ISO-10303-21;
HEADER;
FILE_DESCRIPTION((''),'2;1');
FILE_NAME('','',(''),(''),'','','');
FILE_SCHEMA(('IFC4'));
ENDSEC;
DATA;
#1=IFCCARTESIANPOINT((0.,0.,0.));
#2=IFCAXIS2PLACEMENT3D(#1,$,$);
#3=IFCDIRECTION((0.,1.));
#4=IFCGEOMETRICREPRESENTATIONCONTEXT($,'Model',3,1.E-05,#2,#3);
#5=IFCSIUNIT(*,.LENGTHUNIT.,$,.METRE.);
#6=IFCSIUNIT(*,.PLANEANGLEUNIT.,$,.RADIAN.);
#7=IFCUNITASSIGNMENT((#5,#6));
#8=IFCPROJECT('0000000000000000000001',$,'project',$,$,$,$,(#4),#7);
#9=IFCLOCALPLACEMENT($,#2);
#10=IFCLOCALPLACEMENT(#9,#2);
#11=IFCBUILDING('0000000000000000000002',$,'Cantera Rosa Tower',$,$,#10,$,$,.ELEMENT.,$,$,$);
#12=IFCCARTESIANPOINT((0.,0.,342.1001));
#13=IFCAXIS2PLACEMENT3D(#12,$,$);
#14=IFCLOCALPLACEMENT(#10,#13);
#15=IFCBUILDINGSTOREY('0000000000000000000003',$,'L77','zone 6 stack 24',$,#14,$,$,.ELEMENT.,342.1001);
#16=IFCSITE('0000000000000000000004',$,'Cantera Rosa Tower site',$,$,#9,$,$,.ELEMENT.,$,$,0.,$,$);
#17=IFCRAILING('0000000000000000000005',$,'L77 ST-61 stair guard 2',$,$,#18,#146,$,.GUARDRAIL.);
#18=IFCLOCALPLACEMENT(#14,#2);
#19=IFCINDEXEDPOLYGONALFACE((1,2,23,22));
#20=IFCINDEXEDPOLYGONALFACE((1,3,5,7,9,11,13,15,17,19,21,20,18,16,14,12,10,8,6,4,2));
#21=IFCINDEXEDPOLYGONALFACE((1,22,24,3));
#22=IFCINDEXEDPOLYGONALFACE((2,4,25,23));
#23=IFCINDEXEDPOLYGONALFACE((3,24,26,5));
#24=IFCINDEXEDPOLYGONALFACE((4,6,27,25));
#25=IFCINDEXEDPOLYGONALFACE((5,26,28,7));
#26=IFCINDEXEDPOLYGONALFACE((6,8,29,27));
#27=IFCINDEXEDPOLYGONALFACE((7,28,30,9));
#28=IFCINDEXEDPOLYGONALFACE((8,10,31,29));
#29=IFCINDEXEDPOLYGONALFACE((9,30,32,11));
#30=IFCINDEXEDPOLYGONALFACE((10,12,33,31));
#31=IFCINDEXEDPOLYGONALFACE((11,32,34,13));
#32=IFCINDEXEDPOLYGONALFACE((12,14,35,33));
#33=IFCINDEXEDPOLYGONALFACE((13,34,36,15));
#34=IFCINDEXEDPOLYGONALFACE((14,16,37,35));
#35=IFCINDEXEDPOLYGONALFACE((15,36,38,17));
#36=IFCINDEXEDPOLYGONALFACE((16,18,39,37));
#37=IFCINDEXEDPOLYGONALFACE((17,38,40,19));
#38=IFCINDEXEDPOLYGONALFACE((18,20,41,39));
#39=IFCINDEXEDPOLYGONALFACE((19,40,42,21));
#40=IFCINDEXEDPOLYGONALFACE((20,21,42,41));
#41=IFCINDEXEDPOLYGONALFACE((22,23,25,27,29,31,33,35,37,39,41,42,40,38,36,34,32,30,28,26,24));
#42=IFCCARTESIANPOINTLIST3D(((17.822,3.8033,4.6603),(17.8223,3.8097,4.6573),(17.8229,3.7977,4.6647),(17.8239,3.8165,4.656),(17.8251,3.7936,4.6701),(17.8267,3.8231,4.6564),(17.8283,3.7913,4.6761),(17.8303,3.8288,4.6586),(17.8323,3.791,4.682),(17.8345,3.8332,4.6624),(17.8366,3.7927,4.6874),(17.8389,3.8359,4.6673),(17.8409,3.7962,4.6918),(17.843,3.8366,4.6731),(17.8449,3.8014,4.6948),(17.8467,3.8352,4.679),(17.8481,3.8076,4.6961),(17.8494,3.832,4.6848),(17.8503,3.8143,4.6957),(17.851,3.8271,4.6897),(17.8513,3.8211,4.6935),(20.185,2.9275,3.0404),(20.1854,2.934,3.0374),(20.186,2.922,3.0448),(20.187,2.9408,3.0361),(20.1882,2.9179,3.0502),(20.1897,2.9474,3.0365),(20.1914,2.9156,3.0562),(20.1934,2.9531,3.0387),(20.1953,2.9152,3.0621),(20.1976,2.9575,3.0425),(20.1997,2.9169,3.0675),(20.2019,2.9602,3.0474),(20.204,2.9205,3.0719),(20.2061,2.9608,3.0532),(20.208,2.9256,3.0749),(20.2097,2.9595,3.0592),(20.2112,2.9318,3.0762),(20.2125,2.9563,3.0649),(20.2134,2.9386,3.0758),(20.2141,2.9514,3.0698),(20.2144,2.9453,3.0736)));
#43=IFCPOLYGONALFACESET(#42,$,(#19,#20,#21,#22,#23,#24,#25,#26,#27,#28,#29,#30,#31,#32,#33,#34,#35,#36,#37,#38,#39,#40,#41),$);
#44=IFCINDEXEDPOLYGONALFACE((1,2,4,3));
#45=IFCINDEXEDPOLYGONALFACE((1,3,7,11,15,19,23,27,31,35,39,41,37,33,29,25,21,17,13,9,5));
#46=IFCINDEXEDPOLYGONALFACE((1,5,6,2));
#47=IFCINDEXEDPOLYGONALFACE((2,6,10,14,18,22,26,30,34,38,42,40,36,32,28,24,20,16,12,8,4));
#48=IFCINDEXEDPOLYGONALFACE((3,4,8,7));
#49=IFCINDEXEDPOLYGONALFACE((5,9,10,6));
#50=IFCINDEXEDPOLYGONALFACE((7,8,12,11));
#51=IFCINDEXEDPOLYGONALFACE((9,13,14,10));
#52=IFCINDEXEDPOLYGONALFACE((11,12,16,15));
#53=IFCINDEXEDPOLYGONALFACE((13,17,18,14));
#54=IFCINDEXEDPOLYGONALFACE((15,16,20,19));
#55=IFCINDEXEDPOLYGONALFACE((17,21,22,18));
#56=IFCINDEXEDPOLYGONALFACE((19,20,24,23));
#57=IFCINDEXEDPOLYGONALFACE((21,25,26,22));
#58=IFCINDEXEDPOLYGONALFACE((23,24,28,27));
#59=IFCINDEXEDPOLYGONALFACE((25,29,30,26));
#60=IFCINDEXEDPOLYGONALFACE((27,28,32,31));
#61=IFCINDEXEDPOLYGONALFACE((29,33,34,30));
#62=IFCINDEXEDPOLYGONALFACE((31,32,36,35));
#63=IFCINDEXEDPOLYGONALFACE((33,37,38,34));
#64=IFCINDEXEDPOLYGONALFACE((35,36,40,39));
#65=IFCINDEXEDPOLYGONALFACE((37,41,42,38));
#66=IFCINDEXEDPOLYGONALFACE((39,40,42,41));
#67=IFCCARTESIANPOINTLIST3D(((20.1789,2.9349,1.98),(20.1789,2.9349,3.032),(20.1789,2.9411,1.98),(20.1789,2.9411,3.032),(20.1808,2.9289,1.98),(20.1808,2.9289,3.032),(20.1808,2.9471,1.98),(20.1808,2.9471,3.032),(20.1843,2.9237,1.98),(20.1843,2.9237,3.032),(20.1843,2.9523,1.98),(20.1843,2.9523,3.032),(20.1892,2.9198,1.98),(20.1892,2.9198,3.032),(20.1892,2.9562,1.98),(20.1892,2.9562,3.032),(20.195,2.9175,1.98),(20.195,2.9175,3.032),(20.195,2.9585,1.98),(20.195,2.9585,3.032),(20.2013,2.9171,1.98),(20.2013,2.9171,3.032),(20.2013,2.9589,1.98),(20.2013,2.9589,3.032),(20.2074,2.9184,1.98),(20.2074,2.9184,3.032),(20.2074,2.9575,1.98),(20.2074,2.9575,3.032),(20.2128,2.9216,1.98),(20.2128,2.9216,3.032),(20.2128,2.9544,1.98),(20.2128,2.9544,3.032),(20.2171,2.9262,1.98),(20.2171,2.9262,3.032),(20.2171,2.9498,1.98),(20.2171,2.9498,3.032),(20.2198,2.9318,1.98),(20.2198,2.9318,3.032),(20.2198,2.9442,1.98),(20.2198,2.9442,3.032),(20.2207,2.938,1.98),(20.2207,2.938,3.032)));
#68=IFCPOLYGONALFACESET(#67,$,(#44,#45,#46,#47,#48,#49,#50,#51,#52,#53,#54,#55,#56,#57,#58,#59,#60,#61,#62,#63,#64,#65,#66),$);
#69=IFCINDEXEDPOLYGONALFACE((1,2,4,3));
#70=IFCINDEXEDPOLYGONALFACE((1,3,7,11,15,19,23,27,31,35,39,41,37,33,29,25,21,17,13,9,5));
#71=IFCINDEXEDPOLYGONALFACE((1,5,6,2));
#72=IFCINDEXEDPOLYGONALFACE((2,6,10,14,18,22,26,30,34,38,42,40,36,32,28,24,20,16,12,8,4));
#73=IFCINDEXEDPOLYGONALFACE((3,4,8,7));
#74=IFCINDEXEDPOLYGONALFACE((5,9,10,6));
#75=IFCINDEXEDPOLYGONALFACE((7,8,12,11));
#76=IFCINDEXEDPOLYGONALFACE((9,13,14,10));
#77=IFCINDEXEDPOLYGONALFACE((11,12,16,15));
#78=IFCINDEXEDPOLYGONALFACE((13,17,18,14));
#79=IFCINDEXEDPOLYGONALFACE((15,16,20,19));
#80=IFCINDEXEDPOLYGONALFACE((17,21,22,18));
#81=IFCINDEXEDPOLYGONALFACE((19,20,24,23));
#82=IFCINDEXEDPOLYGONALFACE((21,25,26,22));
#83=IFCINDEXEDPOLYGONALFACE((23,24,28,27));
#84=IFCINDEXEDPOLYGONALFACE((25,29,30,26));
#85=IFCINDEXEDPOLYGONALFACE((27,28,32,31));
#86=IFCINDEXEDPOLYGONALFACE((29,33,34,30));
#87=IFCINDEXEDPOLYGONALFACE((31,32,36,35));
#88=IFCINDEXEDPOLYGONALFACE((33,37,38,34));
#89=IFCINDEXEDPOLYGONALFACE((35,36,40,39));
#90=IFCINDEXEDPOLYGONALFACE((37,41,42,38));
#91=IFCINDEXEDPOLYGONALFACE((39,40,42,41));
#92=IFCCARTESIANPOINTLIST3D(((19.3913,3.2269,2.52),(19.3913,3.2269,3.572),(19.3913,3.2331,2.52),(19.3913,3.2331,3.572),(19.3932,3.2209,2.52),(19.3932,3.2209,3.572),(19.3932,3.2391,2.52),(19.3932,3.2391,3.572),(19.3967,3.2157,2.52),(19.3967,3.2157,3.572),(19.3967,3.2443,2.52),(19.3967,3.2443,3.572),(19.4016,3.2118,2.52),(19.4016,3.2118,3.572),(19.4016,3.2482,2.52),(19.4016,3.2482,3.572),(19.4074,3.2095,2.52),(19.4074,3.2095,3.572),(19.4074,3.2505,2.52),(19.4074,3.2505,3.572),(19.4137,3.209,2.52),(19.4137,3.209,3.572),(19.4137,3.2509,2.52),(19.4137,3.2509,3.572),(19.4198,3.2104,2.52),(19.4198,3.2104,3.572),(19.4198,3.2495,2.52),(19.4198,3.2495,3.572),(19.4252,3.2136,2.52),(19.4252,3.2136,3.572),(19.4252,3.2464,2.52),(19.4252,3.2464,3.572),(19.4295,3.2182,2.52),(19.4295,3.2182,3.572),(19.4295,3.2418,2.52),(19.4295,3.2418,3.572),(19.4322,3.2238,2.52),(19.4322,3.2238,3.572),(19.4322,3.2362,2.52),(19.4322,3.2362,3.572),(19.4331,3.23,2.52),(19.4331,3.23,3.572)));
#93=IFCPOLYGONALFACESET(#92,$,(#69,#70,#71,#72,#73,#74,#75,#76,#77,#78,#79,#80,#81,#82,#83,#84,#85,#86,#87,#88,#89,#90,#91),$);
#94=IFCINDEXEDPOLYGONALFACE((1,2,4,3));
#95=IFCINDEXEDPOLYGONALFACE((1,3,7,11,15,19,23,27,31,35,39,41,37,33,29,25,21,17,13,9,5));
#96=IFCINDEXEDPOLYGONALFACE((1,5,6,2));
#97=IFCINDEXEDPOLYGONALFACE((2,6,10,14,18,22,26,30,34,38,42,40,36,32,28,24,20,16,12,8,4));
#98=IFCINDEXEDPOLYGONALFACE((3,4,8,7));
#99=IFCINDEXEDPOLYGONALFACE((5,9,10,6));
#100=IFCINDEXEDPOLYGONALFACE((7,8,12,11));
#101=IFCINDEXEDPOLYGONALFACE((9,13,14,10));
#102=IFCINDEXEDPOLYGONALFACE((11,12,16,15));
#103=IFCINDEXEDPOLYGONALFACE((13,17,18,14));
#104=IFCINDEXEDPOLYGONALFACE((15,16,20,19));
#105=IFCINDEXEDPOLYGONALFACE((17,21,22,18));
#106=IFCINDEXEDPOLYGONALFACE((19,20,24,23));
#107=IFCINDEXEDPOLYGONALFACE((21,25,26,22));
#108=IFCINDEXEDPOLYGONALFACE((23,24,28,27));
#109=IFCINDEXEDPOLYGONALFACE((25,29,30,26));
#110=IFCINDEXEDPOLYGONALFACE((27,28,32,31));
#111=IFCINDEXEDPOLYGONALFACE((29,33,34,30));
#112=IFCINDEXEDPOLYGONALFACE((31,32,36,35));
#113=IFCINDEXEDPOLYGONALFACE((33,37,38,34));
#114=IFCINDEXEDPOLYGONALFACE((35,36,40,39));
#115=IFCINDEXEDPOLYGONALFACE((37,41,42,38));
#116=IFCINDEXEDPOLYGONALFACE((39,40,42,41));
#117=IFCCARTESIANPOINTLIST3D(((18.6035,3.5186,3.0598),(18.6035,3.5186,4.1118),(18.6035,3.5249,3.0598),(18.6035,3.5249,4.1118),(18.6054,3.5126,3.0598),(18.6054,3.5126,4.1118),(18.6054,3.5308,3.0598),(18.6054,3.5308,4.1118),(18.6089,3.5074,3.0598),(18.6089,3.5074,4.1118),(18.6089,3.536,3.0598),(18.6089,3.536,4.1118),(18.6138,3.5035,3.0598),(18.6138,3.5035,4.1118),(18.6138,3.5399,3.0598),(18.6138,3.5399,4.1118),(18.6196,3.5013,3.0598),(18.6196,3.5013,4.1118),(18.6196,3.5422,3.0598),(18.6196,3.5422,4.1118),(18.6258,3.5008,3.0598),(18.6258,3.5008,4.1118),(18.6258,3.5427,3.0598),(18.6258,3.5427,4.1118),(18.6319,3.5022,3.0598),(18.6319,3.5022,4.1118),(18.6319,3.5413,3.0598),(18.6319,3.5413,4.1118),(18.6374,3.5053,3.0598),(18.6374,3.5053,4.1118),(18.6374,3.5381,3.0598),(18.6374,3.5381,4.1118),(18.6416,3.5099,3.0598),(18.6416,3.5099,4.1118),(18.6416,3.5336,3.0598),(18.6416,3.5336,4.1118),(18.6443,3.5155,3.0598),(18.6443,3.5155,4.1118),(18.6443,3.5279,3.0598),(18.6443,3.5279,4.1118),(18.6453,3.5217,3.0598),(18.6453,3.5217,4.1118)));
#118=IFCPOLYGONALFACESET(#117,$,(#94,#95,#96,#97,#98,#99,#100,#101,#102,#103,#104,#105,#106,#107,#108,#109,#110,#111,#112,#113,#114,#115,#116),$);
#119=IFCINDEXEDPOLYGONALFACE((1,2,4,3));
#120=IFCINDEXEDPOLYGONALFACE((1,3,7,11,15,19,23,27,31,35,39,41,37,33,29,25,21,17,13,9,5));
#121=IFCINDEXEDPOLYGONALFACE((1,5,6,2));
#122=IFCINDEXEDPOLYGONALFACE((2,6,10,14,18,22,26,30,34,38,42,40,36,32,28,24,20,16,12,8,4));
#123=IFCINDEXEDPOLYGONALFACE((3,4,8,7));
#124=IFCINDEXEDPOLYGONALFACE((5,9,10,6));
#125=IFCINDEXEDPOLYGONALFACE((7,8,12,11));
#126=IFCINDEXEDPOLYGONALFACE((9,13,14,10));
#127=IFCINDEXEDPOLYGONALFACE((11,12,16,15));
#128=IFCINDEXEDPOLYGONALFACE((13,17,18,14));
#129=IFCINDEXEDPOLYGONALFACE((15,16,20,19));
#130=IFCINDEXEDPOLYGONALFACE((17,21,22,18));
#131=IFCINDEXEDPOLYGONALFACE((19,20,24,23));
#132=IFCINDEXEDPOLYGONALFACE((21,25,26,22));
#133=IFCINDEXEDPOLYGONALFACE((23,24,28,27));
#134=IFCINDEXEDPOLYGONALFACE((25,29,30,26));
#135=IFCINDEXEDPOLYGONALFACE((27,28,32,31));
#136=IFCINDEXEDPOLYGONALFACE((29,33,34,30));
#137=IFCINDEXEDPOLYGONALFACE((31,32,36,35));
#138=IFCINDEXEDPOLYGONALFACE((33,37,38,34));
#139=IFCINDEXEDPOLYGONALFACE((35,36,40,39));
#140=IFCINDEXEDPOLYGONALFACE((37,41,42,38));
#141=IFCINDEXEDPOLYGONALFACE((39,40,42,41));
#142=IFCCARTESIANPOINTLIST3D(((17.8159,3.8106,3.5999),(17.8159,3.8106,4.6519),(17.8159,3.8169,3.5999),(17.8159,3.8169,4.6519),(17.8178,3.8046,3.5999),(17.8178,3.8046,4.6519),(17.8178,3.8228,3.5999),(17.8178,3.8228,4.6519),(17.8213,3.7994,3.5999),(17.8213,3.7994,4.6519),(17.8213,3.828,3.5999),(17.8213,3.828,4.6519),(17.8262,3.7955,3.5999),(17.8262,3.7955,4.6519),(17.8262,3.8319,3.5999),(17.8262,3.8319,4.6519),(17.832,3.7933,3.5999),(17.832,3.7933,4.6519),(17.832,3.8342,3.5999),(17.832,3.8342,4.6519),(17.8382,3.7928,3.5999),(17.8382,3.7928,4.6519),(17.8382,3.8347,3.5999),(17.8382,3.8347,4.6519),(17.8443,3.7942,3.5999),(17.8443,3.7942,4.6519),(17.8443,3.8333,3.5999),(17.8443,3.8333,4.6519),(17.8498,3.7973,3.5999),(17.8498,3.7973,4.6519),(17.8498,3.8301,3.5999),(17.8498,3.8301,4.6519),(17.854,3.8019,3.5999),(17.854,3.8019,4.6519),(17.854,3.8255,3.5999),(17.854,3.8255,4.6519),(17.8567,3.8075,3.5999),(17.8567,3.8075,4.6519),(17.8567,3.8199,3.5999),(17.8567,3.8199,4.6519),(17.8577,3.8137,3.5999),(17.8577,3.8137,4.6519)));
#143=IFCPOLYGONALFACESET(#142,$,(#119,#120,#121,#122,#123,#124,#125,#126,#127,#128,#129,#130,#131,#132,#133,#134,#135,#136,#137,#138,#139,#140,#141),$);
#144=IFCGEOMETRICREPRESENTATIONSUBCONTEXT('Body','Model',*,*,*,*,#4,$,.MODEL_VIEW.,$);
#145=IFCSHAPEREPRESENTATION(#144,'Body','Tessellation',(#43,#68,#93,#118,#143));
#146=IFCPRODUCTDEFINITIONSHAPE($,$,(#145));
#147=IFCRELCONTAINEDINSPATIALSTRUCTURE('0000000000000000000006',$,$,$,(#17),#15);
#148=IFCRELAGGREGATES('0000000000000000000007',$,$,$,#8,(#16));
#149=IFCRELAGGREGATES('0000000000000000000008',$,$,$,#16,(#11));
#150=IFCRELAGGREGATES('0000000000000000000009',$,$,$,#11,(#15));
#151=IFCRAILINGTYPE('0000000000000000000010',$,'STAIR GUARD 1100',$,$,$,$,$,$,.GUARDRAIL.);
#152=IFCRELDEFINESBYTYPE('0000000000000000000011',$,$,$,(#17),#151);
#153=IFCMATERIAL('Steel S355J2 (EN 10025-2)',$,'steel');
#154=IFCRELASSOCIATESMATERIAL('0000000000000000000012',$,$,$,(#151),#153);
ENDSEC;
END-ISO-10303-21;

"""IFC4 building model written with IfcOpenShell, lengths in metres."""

from ifc_helpers import new_model, si_unit, direction, frame, origin, origin_2d, place, context, subcontext, project, spatial, circle, extrude, material, type_object, element, save


model = new_model("IFC4")

# Units and contexts
model_context = context("Model", 3, precision=1e-05, world=origin(), true_north=direction((0.0, 1.0)))
body_context = subcontext(model_context, "Body", "Model", "MODEL_VIEW")
ifc_project = project(units=[si_unit("LENGTHUNIT", "METRE"), si_unit("PLANEANGLEUNIT", "RADIAN")], contexts=[model_context])

# Site, building, storey
site_placement = place(None, origin())
site = spatial("IfcSite", under=ifc_project, at=site_placement, Name="Cantera Rosa Tower site", CompositionType="ELEMENT", RefElevation=0.0)
building_placement = place(site_placement, origin())
building = spatial("IfcBuilding", under=site, at=building_placement, Name="Cantera Rosa Tower", CompositionType="ELEMENT")
storey_placement = place(building_placement, frame((0.0, 0.0, 342.1001)))
storey = spatial("IfcBuildingStorey", under=building, at=storey_placement, Name="L77", Description="zone 6 stack 24", CompositionType="ELEMENT", Elevation=342.1001)

# Railing
ifc_material_1 = material(Name="Steel S355J2 (EN 10025-2)", Category="steel")
railing_type_1 = type_object("IfcRailingType", Name="STAIR GUARD 1100", PredefinedType="GUARDRAIL", material=ifc_material_1)
railing_1_placement = place(storey_placement, frame((20.1997, 2.938, 1.98)))
element("IfcRailing", 1, at=railing_1_placement, inside=storey, type_object=railing_type_1, Name="L77 ST-61 stair guard 2", PredefinedType="GUARDRAIL", context=body_context, shape_type="SweptSolid", body=[
    extrude(circle(Radius=0.0239, at=origin_2d()), frame((0.0, 0.0, 1.0762), z_axis=(-0.788782, 0.29232, 0.540714), x_axis=(-0.347501, -0.93768, 0.0)), (0.0, 0.0, 1.0), 2.9958),
    extrude(circle(Radius=0.021, at=origin_2d()), origin(), (0.0, 0.0, 1.0), 1.052),
    extrude(circle(Radius=0.021, at=origin_2d()), frame((-0.7876, 0.292, 0.54)), (0.0, 0.0, 1.0), 1.052),
    extrude(circle(Radius=0.021, at=origin_2d()), frame((-1.5754, 0.5837, 1.0798)), (0.0, 0.0, 1.0), 1.052),
    extrude(circle(Radius=0.021, at=origin_2d()), frame((-2.363, 0.8757, 1.6199)), (0.0, 0.0, 1.0), 1.052),
])

save(model, "model.ifc")
